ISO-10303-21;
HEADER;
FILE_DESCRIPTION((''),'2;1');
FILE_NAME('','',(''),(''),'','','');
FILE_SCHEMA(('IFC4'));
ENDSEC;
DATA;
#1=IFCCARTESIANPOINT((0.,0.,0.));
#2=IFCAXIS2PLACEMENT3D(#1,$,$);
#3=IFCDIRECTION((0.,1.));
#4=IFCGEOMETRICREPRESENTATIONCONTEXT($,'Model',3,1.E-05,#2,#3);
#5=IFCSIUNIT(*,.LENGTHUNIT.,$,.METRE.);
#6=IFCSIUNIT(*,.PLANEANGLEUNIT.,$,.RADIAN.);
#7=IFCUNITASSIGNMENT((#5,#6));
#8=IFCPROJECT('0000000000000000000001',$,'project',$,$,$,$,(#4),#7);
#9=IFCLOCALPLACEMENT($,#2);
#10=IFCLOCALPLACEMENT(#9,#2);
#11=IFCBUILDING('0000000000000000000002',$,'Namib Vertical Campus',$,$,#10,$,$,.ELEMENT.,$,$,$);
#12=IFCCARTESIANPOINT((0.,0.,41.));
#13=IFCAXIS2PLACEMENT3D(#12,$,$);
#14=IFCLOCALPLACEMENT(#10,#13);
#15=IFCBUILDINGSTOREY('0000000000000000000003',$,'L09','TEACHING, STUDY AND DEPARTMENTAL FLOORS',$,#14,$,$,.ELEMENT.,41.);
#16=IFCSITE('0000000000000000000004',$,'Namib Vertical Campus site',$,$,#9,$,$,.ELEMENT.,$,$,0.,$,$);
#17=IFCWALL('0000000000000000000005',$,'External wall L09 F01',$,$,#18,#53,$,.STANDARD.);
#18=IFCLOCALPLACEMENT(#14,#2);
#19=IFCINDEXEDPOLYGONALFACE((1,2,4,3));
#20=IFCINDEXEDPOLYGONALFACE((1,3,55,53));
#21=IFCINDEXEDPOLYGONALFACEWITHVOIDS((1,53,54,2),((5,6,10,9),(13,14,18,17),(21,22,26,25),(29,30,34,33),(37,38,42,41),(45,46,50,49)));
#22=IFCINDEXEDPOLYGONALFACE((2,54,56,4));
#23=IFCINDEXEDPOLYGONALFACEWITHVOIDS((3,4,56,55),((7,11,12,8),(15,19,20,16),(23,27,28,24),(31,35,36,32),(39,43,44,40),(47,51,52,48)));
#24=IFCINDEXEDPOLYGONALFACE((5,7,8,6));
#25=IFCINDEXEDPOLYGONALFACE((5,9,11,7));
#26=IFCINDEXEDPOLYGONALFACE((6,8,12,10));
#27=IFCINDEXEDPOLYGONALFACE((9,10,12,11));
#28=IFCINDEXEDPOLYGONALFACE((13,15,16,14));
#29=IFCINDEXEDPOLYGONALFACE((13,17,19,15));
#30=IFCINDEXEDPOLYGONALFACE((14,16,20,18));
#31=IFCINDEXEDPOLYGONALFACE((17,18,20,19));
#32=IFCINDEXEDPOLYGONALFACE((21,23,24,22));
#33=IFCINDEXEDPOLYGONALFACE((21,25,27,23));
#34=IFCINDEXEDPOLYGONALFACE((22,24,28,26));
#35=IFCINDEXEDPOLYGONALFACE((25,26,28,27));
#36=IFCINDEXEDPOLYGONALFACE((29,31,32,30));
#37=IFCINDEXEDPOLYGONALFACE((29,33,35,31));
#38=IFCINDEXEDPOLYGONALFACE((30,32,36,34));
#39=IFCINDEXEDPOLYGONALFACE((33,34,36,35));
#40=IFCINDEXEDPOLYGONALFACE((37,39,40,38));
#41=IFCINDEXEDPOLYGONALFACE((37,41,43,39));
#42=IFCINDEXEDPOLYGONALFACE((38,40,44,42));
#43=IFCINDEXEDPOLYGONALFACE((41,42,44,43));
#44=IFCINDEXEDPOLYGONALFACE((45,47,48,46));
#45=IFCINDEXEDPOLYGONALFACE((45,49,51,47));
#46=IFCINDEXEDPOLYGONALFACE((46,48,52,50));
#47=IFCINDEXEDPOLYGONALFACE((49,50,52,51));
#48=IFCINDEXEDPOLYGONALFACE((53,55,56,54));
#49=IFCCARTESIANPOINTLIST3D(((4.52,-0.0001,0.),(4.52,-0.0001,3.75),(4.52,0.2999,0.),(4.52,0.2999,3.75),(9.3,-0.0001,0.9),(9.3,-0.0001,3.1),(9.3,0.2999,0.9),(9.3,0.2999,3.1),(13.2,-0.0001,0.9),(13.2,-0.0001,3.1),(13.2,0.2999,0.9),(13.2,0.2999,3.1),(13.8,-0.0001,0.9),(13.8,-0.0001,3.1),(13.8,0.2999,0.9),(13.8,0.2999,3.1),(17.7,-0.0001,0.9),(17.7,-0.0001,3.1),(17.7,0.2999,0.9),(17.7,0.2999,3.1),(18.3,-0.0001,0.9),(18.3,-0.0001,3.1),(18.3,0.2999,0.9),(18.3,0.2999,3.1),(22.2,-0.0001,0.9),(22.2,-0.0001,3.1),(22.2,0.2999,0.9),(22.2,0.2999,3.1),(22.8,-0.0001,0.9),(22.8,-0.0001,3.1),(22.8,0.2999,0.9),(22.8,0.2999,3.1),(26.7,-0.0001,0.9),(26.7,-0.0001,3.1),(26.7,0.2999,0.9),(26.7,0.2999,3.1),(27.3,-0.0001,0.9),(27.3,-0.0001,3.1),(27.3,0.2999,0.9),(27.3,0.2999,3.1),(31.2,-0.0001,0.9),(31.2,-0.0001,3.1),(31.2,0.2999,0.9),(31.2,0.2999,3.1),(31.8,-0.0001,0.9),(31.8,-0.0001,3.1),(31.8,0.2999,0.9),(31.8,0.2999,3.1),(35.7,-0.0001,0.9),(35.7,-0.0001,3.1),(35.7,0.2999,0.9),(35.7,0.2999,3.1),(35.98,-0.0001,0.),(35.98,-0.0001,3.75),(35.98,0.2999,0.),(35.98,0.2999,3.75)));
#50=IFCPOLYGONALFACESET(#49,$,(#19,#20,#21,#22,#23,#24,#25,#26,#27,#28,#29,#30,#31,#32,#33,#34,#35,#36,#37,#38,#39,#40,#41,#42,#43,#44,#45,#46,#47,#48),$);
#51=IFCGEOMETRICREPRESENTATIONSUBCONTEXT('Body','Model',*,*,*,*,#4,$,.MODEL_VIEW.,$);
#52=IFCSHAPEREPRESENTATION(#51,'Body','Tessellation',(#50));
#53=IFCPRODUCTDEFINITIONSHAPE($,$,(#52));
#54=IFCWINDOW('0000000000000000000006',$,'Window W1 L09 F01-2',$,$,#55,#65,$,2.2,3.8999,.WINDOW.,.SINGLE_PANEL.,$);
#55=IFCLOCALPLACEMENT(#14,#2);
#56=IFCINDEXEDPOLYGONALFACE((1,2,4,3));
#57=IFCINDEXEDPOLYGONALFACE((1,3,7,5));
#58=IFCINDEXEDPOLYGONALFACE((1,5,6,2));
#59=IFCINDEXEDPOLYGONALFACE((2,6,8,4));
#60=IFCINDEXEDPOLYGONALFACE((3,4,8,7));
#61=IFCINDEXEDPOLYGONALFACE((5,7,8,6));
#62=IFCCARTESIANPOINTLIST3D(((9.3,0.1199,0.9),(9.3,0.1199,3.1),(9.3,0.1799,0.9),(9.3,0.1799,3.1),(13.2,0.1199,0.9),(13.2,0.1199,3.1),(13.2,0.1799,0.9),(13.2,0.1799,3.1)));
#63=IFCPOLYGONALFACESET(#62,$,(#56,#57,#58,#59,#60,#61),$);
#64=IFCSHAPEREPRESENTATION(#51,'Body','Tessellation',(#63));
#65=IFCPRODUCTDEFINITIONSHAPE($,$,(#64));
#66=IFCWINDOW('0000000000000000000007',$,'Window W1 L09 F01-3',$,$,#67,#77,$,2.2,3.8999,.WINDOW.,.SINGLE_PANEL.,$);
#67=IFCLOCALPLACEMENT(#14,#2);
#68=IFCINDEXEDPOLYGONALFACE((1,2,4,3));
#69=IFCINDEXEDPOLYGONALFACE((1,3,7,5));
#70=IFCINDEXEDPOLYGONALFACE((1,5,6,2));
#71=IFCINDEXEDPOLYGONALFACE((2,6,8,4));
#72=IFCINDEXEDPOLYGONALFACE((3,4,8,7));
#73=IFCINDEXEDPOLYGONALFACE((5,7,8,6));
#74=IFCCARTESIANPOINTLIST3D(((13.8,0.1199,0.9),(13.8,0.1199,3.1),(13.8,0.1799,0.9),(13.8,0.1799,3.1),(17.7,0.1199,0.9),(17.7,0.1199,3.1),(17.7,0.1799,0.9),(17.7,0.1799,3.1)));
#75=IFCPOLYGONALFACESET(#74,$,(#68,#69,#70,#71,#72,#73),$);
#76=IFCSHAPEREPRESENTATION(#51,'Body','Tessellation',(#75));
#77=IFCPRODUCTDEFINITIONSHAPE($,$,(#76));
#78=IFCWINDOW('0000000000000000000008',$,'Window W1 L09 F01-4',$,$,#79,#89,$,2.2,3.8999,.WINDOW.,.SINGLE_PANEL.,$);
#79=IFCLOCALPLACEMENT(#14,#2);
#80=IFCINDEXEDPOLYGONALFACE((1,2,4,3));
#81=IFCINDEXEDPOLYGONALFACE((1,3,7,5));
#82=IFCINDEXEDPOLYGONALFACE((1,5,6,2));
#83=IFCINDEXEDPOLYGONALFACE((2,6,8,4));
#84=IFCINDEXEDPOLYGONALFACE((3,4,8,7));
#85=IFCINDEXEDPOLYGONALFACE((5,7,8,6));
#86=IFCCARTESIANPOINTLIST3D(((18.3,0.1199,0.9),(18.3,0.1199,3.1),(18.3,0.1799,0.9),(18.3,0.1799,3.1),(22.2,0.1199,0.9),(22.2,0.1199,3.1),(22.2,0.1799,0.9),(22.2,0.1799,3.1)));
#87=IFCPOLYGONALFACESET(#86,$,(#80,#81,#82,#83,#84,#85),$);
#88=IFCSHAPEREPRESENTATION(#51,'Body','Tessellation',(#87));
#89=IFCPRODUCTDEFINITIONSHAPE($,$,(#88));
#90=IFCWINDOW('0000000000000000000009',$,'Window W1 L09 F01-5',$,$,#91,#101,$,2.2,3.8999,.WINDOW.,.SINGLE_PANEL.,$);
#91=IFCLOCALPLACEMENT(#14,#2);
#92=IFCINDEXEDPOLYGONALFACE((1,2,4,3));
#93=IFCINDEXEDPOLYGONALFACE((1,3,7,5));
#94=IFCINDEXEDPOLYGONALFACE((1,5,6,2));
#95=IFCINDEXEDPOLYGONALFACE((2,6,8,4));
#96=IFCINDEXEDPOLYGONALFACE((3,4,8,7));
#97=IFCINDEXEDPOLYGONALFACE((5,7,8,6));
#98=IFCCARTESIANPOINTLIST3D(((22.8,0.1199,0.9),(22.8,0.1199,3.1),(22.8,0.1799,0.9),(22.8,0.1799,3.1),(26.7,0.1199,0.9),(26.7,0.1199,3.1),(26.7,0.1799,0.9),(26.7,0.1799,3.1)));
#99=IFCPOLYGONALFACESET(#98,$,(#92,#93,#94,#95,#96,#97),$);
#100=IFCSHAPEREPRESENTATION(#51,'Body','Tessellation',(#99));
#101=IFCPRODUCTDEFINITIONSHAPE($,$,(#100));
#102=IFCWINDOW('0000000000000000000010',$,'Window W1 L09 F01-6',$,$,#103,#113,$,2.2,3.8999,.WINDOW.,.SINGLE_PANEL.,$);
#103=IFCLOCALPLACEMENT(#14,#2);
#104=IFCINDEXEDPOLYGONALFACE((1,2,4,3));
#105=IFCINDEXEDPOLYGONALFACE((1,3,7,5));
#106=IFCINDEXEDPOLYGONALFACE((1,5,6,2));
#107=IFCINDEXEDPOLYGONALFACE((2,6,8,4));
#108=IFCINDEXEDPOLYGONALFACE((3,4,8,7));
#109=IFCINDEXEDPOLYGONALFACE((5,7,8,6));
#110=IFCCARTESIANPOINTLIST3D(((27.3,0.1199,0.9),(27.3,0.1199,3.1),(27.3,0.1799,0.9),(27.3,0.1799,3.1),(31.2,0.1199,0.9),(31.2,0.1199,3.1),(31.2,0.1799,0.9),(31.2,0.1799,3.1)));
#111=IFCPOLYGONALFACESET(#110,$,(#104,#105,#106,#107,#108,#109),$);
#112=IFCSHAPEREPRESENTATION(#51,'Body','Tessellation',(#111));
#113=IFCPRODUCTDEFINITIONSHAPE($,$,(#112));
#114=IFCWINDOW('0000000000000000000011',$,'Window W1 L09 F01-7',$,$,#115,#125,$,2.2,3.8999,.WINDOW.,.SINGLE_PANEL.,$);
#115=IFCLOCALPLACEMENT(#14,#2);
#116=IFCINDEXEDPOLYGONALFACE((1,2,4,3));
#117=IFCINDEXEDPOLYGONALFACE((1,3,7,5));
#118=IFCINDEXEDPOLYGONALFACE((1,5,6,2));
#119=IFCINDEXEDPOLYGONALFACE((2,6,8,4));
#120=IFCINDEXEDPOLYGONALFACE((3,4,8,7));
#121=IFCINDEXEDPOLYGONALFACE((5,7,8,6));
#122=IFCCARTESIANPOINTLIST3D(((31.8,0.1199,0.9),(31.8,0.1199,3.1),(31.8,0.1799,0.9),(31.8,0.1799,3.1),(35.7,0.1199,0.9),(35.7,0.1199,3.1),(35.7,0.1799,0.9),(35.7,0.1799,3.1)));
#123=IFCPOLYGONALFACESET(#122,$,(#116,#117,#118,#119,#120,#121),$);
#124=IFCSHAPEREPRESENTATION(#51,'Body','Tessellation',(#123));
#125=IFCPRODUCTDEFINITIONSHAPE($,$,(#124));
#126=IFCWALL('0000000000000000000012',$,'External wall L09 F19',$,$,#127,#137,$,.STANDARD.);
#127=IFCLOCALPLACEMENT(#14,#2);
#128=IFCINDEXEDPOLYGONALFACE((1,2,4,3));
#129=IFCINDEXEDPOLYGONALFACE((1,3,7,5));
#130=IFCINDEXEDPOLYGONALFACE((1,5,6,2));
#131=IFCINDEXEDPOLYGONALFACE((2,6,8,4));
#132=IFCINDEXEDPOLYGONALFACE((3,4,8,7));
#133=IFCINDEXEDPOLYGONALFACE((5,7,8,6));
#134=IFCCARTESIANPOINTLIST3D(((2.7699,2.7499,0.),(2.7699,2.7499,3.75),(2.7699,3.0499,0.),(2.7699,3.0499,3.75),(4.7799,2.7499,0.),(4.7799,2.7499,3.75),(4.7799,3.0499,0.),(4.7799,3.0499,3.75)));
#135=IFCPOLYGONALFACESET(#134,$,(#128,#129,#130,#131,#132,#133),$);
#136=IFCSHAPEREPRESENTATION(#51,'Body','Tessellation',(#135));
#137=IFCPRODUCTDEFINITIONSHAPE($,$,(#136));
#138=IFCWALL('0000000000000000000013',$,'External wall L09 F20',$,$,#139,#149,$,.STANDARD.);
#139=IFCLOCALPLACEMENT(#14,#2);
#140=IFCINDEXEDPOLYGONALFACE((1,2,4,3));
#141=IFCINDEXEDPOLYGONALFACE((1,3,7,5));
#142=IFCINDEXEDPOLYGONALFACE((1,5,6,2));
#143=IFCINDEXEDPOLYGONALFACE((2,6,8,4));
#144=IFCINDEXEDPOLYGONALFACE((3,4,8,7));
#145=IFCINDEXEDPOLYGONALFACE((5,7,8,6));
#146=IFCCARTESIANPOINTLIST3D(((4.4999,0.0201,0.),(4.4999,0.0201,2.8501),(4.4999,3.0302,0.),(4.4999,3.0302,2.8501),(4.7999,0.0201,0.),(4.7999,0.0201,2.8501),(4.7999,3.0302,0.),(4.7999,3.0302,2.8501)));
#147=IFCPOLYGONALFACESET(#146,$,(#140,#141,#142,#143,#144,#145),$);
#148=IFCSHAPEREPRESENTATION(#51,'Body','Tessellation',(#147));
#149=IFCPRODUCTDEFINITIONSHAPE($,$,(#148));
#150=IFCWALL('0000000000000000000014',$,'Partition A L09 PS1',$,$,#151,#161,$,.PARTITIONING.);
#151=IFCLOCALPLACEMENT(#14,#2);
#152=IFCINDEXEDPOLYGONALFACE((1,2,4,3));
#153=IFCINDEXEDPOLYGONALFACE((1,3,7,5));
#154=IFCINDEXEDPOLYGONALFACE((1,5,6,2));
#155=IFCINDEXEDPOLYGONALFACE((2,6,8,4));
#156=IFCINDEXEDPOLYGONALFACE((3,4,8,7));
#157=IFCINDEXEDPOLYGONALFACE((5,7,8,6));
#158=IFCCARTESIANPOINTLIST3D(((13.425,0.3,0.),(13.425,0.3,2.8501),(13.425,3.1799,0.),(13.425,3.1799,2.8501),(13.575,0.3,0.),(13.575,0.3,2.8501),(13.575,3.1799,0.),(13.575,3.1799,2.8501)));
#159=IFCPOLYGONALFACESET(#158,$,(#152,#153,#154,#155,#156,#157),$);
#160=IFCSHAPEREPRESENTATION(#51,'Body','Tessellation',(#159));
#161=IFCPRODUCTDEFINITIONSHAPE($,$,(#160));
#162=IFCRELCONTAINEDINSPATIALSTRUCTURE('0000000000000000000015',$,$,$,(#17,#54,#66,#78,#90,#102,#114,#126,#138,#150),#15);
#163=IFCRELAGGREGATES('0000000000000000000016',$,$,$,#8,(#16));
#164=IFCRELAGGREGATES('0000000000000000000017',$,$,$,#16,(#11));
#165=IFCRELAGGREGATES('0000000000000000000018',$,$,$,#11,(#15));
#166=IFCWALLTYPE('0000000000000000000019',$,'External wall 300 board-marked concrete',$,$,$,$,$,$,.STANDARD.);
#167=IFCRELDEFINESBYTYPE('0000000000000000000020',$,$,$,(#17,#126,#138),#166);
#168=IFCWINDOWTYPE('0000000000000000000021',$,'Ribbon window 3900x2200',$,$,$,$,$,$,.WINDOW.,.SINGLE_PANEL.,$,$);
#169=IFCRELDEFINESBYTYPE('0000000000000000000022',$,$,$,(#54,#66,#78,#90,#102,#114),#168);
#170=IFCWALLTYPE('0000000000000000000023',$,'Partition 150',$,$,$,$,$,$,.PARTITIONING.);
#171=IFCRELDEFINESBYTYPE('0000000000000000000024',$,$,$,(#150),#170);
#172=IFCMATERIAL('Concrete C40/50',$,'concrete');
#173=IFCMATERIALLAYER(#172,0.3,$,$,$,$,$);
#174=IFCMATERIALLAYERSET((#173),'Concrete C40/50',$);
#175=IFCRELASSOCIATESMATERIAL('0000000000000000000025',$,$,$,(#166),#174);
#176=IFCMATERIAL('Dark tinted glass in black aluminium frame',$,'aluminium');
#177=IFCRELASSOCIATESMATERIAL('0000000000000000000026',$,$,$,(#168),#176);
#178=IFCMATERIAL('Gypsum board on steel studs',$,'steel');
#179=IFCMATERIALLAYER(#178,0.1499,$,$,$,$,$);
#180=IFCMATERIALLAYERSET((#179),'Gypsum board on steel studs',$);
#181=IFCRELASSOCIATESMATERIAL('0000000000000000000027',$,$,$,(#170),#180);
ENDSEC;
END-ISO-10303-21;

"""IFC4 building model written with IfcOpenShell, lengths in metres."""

from ifc_helpers import new_model, si_unit, direction, frame, frame_2d, origin, place, context, subcontext, project, spatial, rectangle, extrude, material, layer, layer_set, type_object, element, fill, save


model = new_model("IFC4")

# Units and contexts
model_context = context("Model", 3, precision=1e-05, world=origin(), true_north=direction((0.0, 1.0)))
body_context = subcontext(model_context, "Body", "Model", "MODEL_VIEW")
ifc_project = project(units=[si_unit("LENGTHUNIT", "METRE"), si_unit("PLANEANGLEUNIT", "RADIAN")], contexts=[model_context])

# Site, building, storey
site_placement = place(None, origin())
site = spatial("IfcSite", under=ifc_project, at=site_placement, Name="Namib Vertical Campus site", CompositionType="ELEMENT", RefElevation=0.0)
building_placement = place(site_placement, origin())
building = spatial("IfcBuilding", under=site, at=building_placement, Name="Namib Vertical Campus", CompositionType="ELEMENT")
storey_placement = place(building_placement, frame((0.0, 0.0, 41.0)))
storey = spatial("IfcBuildingStorey", under=building, at=storey_placement, Name="L09", Description="TEACHING, STUDY AND DEPARTMENTAL FLOORS", CompositionType="ELEMENT", Elevation=41.0)

# Wall, openings, windows
ifc_material_1 = material(Name="Concrete C40/50", Category="concrete")
ifc_layer_1 = layer(ifc_material_1, 0.3)
ifc_layer_set_1 = layer_set([ifc_layer_1], Name="Concrete C40/50")
wall_type_1 = type_object("IfcWallType", Name="External wall 300 board-marked concrete", PredefinedType="STANDARD", material=ifc_layer_set_1)
wall_1_placement = place(storey_placement, frame((4.52, 0.1499, 0.0), z_axis=(0.0, 0.0, 1.0), x_axis=(1.0, 0.0, 0.0)))
wall_1 = element("IfcWall", 1, at=wall_1_placement, inside=storey, type_object=wall_type_1, Name="External wall L09 F01", PredefinedType="STANDARD", context=body_context, shape_type="SweptSolid", body=[
    extrude(rectangle(XDim=31.46, YDim=0.3, at=frame_2d((15.73, 0.0))), origin(), (0.0, 0.0, 1.0), 3.75),
])
opening_1_placement = place(wall_1_placement, frame((4.78, 0.0, 0.8999)))
opening_1 = element("IfcOpeningElement", 2, at=opening_1_placement, cuts=wall_1, PredefinedType="OPENING", context=body_context, shape_type="SweptSolid", body=[
    extrude(rectangle(XDim=3.8999, YDim=2.2, at=frame_2d((1.95, 1.1001))), frame((0.0, 0.1599, 0.0), z_axis=(0.0, -1.0, 0.0), x_axis=(1.0, 0.0, 0.0)), (0.0, 0.0, 1.0), 0.3201),
])
opening_2_placement = place(wall_1_placement, frame((9.28, 0.0, 0.8999)))
opening_2 = element("IfcOpeningElement", 3, at=opening_2_placement, cuts=wall_1, PredefinedType="OPENING", context=body_context, shape_type="SweptSolid", body=[
    extrude(rectangle(XDim=3.8999, YDim=2.2, at=frame_2d((1.95, 1.1001))), frame((0.0, 0.1599, 0.0), z_axis=(0.0, -1.0, 0.0), x_axis=(1.0, 0.0, 0.0)), (0.0, 0.0, 1.0), 0.3201),
])
opening_3_placement = place(wall_1_placement, frame((13.78, 0.0, 0.8999)))
opening_3 = element("IfcOpeningElement", 4, at=opening_3_placement, cuts=wall_1, PredefinedType="OPENING", context=body_context, shape_type="SweptSolid", body=[
    extrude(rectangle(XDim=3.8999, YDim=2.2, at=frame_2d((1.95, 1.1001))), frame((0.0, 0.1599, 0.0), z_axis=(0.0, -1.0, 0.0), x_axis=(1.0, 0.0, 0.0)), (0.0, 0.0, 1.0), 0.3201),
])
opening_4_placement = place(wall_1_placement, frame((18.28, 0.0, 0.8999)))
opening_4 = element("IfcOpeningElement", 5, at=opening_4_placement, cuts=wall_1, PredefinedType="OPENING", context=body_context, shape_type="SweptSolid", body=[
    extrude(rectangle(XDim=3.8999, YDim=2.2, at=frame_2d((1.95, 1.1001))), frame((0.0, 0.1599, 0.0), z_axis=(0.0, -1.0, 0.0), x_axis=(1.0, 0.0, 0.0)), (0.0, 0.0, 1.0), 0.3201),
])
opening_5_placement = place(wall_1_placement, frame((22.78, 0.0, 0.8999)))
opening_5 = element("IfcOpeningElement", 6, at=opening_5_placement, cuts=wall_1, PredefinedType="OPENING", context=body_context, shape_type="SweptSolid", body=[
    extrude(rectangle(XDim=3.8999, YDim=2.2, at=frame_2d((1.95, 1.1001))), frame((0.0, 0.1599, 0.0), z_axis=(0.0, -1.0, 0.0), x_axis=(1.0, 0.0, 0.0)), (0.0, 0.0, 1.0), 0.3201),
])
opening_6_placement = place(wall_1_placement, frame((27.28, 0.0, 0.8999)))
opening_6 = element("IfcOpeningElement", 7, at=opening_6_placement, cuts=wall_1, PredefinedType="OPENING", context=body_context, shape_type="SweptSolid", body=[
    extrude(rectangle(XDim=3.8999, YDim=2.2, at=frame_2d((1.95, 1.1001))), frame((0.0, 0.1599, 0.0), z_axis=(0.0, -1.0, 0.0), x_axis=(1.0, 0.0, 0.0)), (0.0, 0.0, 1.0), 0.3201),
])
ifc_material_2 = material(Name="Dark tinted glass in black aluminium frame", Category="aluminium")
window_type = type_object("IfcWindowType", Name="Ribbon window 3900x2200", PartitioningType="SINGLE_PANEL", PredefinedType="WINDOW", material=ifc_material_2)
window_1_placement = place(opening_1_placement, origin())
window_1 = element("IfcWindow", 8, at=window_1_placement, inside=storey, type_object=window_type, Name="Window W1 L09 F01-2", OverallHeight=2.2, OverallWidth=3.8999, PartitioningType="SINGLE_PANEL", PredefinedType="WINDOW", context=body_context, shape_type="SweptSolid", body=[
    extrude(rectangle(XDim=3.8999, YDim=2.2, at=frame_2d((1.95, 1.1001))), frame((0.0, 0.03, 0.0), z_axis=(0.0, -1.0, 0.0), x_axis=(1.0, 0.0, 0.0)), (0.0, 0.0, 1.0), 0.0601),
])
fill(opening_1, window_1)
window_2_placement = place(opening_2_placement, origin())
window_2 = element("IfcWindow", 9, at=window_2_placement, inside=storey, type_object=window_type, Name="Window W1 L09 F01-3", OverallHeight=2.2, OverallWidth=3.8999, PartitioningType="SINGLE_PANEL", PredefinedType="WINDOW", context=body_context, shape_type="SweptSolid", body=[
    extrude(rectangle(XDim=3.8999, YDim=2.2, at=frame_2d((1.95, 1.1001))), frame((0.0, 0.03, 0.0), z_axis=(0.0, -1.0, 0.0), x_axis=(1.0, 0.0, 0.0)), (0.0, 0.0, 1.0), 0.0601),
])
fill(opening_2, window_2)
window_3_placement = place(opening_3_placement, origin())
window_3 = element("IfcWindow", 10, at=window_3_placement, inside=storey, type_object=window_type, Name="Window W1 L09 F01-4", OverallHeight=2.2, OverallWidth=3.8999, PartitioningType="SINGLE_PANEL", PredefinedType="WINDOW", context=body_context, shape_type="SweptSolid", body=[
    extrude(rectangle(XDim=3.8999, YDim=2.2, at=frame_2d((1.95, 1.1001))), frame((0.0, 0.03, 0.0), z_axis=(0.0, -1.0, 0.0), x_axis=(1.0, 0.0, 0.0)), (0.0, 0.0, 1.0), 0.0601),
])
fill(opening_3, window_3)
window_4_placement = place(opening_4_placement, origin())
window_4 = element("IfcWindow", 11, at=window_4_placement, inside=storey, type_object=window_type, Name="Window W1 L09 F01-5", OverallHeight=2.2, OverallWidth=3.8999, PartitioningType="SINGLE_PANEL", PredefinedType="WINDOW", context=body_context, shape_type="SweptSolid", body=[
    extrude(rectangle(XDim=3.8999, YDim=2.2, at=frame_2d((1.95, 1.1001))), frame((0.0, 0.03, 0.0), z_axis=(0.0, -1.0, 0.0), x_axis=(1.0, 0.0, 0.0)), (0.0, 0.0, 1.0), 0.0601),
])
fill(opening_4, window_4)
window_5_placement = place(opening_5_placement, origin())
window_5 = element("IfcWindow", 12, at=window_5_placement, inside=storey, type_object=window_type, Name="Window W1 L09 F01-6", OverallHeight=2.2, OverallWidth=3.8999, PartitioningType="SINGLE_PANEL", PredefinedType="WINDOW", context=body_context, shape_type="SweptSolid", body=[
    extrude(rectangle(XDim=3.8999, YDim=2.2, at=frame_2d((1.95, 1.1001))), frame((0.0, 0.03, 0.0), z_axis=(0.0, -1.0, 0.0), x_axis=(1.0, 0.0, 0.0)), (0.0, 0.0, 1.0), 0.0601),
])
fill(opening_5, window_5)
window_6_placement = place(opening_6_placement, origin())
window_6 = element("IfcWindow", 13, at=window_6_placement, inside=storey, type_object=window_type, Name="Window W1 L09 F01-7", OverallHeight=2.2, OverallWidth=3.8999, PartitioningType="SINGLE_PANEL", PredefinedType="WINDOW", context=body_context, shape_type="SweptSolid", body=[
    extrude(rectangle(XDim=3.8999, YDim=2.2, at=frame_2d((1.95, 1.1001))), frame((0.0, 0.03, 0.0), z_axis=(0.0, -1.0, 0.0), x_axis=(1.0, 0.0, 0.0)), (0.0, 0.0, 1.0), 0.0601),
])
fill(opening_6, window_6)

# Walls
wall_2_placement = place(storey_placement, frame((2.77, 2.8999, 0.0), z_axis=(0.0, 0.0, 1.0), x_axis=(1.0, 0.0, 0.0)))
element("IfcWall", 14, at=wall_2_placement, inside=storey, type_object=wall_type_1, Name="External wall L09 F19", PredefinedType="STANDARD", context=body_context, shape_type="SweptSolid", body=[
    extrude(rectangle(XDim=2.01, YDim=0.3, at=frame_2d((1.0049, 0.0))), origin(), (0.0, 0.0, 1.0), 3.75),
])
wall_3_placement = place(storey_placement, frame((4.6499, 3.03, 0.0), z_axis=(0.0, 0.0, 1.0), x_axis=(0.0, -1.0, 0.0)))
element("IfcWall", 15, at=wall_3_placement, inside=storey, type_object=wall_type_1, Name="External wall L09 F20", PredefinedType="STANDARD", context=body_context, shape_type="SweptSolid", body=[
    extrude(rectangle(XDim=3.01, YDim=0.3, at=frame_2d((1.5049, 0.0))), origin(), (0.0, 0.0, 1.0), 2.8501),
])
ifc_material_3 = material(Name="Gypsum board on steel studs", Category="steel")
ifc_layer_2 = layer(ifc_material_3, 0.1499)
ifc_layer_set_2 = layer_set([ifc_layer_2], Name="Gypsum board on steel studs")
wall_type_2 = type_object("IfcWallType", Name="Partition 150", PredefinedType="PARTITIONING", material=ifc_layer_set_2)
wall_4_placement = place(storey_placement, frame((13.5, 0.3, 0.0), z_axis=(0.0, 0.0, 1.0), x_axis=(0.0, 1.0, 0.0)))
element("IfcWall", 16, at=wall_4_placement, inside=storey, type_object=wall_type_2, Name="Partition A L09 PS1", PredefinedType="PARTITIONING", context=body_context, shape_type="SweptSolid", body=[
    extrude(rectangle(XDim=2.8799, YDim=0.1499, at=frame_2d((1.4399, 0.0))), origin(), (0.0, 0.0, 1.0), 2.8501),
])

save(model, "model.ifc")
